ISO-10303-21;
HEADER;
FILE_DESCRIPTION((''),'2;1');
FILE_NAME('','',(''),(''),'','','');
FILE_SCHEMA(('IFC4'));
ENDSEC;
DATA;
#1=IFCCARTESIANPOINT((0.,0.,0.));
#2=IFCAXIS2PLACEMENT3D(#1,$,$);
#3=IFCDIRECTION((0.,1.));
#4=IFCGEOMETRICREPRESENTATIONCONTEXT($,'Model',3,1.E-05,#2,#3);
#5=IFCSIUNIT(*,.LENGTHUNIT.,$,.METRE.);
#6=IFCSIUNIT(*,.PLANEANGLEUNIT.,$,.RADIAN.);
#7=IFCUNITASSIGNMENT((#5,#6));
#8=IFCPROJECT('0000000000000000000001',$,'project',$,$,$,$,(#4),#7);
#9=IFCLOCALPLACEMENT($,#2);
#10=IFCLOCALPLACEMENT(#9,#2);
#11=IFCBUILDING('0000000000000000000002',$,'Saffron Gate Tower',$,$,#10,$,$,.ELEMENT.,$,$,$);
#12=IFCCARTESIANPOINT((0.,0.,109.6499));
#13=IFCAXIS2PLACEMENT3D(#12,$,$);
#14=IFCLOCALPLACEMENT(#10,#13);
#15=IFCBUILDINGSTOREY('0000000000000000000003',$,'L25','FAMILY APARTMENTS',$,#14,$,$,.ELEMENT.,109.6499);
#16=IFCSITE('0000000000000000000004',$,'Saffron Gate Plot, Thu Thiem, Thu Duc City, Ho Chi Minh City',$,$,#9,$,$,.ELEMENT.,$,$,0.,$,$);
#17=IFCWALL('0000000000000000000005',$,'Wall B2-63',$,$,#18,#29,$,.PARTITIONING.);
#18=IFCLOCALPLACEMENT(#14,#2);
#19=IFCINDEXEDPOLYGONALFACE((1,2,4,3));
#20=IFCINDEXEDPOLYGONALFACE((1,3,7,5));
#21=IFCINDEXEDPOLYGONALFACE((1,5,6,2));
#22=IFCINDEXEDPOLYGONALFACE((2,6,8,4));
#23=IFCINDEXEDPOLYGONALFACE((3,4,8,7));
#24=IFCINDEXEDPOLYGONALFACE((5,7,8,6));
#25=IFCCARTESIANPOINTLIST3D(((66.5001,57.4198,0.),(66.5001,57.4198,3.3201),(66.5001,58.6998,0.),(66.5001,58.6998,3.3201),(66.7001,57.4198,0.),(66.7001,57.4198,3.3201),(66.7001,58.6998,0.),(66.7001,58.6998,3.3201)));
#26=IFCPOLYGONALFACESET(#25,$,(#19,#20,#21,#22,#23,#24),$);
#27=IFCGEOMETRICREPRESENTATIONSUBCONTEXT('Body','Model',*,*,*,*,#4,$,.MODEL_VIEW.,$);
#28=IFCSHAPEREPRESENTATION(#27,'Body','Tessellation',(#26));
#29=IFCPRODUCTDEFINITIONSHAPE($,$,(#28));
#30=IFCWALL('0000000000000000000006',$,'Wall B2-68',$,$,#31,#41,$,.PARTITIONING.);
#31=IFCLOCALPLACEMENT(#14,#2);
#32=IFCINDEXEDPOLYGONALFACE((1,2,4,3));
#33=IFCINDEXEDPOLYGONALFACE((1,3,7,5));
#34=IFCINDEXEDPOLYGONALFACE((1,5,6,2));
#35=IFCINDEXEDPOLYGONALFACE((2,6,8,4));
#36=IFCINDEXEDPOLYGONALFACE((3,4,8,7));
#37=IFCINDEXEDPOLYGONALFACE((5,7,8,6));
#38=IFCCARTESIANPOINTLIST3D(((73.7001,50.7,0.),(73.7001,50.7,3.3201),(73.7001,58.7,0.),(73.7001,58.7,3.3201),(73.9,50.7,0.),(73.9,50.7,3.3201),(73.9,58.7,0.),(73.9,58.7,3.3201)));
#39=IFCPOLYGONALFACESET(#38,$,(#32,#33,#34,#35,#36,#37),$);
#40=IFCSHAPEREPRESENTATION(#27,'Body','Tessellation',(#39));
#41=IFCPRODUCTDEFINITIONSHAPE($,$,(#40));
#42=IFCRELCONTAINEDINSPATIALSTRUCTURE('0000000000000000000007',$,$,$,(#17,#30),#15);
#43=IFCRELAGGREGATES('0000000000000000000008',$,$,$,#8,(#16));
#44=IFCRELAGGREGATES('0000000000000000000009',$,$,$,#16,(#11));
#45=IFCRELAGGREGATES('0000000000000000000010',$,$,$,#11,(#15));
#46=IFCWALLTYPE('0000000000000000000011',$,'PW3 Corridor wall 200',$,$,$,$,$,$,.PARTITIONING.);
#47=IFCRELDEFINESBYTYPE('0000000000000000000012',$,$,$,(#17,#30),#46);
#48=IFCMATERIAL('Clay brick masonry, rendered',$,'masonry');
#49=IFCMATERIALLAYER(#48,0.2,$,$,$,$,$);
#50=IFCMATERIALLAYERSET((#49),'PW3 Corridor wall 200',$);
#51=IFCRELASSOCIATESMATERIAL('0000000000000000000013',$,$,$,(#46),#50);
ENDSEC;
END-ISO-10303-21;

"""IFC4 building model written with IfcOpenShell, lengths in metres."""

from ifc_helpers import new_model, si_unit, direction, frame, frame_2d, origin, place, context, subcontext, project, spatial, rectangle, extrude, material, layer, layer_set, type_object, element, save


model = new_model("IFC4")

# Units and contexts
model_context = context("Model", 3, precision=1e-05, world=origin(), true_north=direction((0.0, 1.0)))
body_context = subcontext(model_context, "Body", "Model", "MODEL_VIEW")
ifc_project = project(units=[si_unit("LENGTHUNIT", "METRE"), si_unit("PLANEANGLEUNIT", "RADIAN")], contexts=[model_context])

# Site, building, storey
site_placement = place(None, origin())
site = spatial("IfcSite", under=ifc_project, at=site_placement, Name="Saffron Gate Plot, Thu Thiem, Thu Duc City, Ho Chi Minh City", CompositionType="ELEMENT", RefElevation=0.0)
building_placement = place(site_placement, origin())
building = spatial("IfcBuilding", under=site, at=building_placement, Name="Saffron Gate Tower", CompositionType="ELEMENT")
storey_placement = place(building_placement, frame((0.0, 0.0, 109.6499)))
storey = spatial("IfcBuildingStorey", under=building, at=storey_placement, Name="L25", Description="FAMILY APARTMENTS", CompositionType="ELEMENT", Elevation=109.6499)

# Shared definitions
ifc_material_1 = material(Name="Clay brick masonry, rendered", Category="masonry")
ifc_layer_1 = layer(ifc_material_1, 0.2)
ifc_layer_set_1 = layer_set([ifc_layer_1], Name="PW3 Corridor wall 200")
wall_type_1 = type_object("IfcWallType", Name="PW3 Corridor wall 200", PredefinedType="PARTITIONING", material=ifc_layer_set_1)

# Walls
wall_1_placement = place(storey_placement, frame((66.6001, 58.7, 0.0), z_axis=(0.0, 0.0, 1.0), x_axis=(0.0, -1.0, 0.0)))
element("IfcWall", 1, at=wall_1_placement, inside=storey, type_object=wall_type_1, Name="Wall B2-63", PredefinedType="PARTITIONING", context=body_context, shape_type="SweptSolid", body=[
    extrude(rectangle(XDim=1.28, YDim=0.2, at=frame_2d((0.6401, 0.0))), origin(), (0.0, 0.0, 1.0), 3.3201),
])
wall_2_placement = place(storey_placement, frame((73.8, 58.7, 0.0), z_axis=(0.0, 0.0, 1.0), x_axis=(0.0, -1.0, 0.0)))
element("IfcWall", 2, at=wall_2_placement, inside=storey, type_object=wall_type_1, Name="Wall B2-68", PredefinedType="PARTITIONING", context=body_context, shape_type="SweptSolid", body=[
    extrude(rectangle(XDim=8.0, YDim=0.2, at=frame_2d((4.0, 0.0))), origin(), (0.0, 0.0, 1.0), 3.3201),
])

save(model, "model.ifc")
